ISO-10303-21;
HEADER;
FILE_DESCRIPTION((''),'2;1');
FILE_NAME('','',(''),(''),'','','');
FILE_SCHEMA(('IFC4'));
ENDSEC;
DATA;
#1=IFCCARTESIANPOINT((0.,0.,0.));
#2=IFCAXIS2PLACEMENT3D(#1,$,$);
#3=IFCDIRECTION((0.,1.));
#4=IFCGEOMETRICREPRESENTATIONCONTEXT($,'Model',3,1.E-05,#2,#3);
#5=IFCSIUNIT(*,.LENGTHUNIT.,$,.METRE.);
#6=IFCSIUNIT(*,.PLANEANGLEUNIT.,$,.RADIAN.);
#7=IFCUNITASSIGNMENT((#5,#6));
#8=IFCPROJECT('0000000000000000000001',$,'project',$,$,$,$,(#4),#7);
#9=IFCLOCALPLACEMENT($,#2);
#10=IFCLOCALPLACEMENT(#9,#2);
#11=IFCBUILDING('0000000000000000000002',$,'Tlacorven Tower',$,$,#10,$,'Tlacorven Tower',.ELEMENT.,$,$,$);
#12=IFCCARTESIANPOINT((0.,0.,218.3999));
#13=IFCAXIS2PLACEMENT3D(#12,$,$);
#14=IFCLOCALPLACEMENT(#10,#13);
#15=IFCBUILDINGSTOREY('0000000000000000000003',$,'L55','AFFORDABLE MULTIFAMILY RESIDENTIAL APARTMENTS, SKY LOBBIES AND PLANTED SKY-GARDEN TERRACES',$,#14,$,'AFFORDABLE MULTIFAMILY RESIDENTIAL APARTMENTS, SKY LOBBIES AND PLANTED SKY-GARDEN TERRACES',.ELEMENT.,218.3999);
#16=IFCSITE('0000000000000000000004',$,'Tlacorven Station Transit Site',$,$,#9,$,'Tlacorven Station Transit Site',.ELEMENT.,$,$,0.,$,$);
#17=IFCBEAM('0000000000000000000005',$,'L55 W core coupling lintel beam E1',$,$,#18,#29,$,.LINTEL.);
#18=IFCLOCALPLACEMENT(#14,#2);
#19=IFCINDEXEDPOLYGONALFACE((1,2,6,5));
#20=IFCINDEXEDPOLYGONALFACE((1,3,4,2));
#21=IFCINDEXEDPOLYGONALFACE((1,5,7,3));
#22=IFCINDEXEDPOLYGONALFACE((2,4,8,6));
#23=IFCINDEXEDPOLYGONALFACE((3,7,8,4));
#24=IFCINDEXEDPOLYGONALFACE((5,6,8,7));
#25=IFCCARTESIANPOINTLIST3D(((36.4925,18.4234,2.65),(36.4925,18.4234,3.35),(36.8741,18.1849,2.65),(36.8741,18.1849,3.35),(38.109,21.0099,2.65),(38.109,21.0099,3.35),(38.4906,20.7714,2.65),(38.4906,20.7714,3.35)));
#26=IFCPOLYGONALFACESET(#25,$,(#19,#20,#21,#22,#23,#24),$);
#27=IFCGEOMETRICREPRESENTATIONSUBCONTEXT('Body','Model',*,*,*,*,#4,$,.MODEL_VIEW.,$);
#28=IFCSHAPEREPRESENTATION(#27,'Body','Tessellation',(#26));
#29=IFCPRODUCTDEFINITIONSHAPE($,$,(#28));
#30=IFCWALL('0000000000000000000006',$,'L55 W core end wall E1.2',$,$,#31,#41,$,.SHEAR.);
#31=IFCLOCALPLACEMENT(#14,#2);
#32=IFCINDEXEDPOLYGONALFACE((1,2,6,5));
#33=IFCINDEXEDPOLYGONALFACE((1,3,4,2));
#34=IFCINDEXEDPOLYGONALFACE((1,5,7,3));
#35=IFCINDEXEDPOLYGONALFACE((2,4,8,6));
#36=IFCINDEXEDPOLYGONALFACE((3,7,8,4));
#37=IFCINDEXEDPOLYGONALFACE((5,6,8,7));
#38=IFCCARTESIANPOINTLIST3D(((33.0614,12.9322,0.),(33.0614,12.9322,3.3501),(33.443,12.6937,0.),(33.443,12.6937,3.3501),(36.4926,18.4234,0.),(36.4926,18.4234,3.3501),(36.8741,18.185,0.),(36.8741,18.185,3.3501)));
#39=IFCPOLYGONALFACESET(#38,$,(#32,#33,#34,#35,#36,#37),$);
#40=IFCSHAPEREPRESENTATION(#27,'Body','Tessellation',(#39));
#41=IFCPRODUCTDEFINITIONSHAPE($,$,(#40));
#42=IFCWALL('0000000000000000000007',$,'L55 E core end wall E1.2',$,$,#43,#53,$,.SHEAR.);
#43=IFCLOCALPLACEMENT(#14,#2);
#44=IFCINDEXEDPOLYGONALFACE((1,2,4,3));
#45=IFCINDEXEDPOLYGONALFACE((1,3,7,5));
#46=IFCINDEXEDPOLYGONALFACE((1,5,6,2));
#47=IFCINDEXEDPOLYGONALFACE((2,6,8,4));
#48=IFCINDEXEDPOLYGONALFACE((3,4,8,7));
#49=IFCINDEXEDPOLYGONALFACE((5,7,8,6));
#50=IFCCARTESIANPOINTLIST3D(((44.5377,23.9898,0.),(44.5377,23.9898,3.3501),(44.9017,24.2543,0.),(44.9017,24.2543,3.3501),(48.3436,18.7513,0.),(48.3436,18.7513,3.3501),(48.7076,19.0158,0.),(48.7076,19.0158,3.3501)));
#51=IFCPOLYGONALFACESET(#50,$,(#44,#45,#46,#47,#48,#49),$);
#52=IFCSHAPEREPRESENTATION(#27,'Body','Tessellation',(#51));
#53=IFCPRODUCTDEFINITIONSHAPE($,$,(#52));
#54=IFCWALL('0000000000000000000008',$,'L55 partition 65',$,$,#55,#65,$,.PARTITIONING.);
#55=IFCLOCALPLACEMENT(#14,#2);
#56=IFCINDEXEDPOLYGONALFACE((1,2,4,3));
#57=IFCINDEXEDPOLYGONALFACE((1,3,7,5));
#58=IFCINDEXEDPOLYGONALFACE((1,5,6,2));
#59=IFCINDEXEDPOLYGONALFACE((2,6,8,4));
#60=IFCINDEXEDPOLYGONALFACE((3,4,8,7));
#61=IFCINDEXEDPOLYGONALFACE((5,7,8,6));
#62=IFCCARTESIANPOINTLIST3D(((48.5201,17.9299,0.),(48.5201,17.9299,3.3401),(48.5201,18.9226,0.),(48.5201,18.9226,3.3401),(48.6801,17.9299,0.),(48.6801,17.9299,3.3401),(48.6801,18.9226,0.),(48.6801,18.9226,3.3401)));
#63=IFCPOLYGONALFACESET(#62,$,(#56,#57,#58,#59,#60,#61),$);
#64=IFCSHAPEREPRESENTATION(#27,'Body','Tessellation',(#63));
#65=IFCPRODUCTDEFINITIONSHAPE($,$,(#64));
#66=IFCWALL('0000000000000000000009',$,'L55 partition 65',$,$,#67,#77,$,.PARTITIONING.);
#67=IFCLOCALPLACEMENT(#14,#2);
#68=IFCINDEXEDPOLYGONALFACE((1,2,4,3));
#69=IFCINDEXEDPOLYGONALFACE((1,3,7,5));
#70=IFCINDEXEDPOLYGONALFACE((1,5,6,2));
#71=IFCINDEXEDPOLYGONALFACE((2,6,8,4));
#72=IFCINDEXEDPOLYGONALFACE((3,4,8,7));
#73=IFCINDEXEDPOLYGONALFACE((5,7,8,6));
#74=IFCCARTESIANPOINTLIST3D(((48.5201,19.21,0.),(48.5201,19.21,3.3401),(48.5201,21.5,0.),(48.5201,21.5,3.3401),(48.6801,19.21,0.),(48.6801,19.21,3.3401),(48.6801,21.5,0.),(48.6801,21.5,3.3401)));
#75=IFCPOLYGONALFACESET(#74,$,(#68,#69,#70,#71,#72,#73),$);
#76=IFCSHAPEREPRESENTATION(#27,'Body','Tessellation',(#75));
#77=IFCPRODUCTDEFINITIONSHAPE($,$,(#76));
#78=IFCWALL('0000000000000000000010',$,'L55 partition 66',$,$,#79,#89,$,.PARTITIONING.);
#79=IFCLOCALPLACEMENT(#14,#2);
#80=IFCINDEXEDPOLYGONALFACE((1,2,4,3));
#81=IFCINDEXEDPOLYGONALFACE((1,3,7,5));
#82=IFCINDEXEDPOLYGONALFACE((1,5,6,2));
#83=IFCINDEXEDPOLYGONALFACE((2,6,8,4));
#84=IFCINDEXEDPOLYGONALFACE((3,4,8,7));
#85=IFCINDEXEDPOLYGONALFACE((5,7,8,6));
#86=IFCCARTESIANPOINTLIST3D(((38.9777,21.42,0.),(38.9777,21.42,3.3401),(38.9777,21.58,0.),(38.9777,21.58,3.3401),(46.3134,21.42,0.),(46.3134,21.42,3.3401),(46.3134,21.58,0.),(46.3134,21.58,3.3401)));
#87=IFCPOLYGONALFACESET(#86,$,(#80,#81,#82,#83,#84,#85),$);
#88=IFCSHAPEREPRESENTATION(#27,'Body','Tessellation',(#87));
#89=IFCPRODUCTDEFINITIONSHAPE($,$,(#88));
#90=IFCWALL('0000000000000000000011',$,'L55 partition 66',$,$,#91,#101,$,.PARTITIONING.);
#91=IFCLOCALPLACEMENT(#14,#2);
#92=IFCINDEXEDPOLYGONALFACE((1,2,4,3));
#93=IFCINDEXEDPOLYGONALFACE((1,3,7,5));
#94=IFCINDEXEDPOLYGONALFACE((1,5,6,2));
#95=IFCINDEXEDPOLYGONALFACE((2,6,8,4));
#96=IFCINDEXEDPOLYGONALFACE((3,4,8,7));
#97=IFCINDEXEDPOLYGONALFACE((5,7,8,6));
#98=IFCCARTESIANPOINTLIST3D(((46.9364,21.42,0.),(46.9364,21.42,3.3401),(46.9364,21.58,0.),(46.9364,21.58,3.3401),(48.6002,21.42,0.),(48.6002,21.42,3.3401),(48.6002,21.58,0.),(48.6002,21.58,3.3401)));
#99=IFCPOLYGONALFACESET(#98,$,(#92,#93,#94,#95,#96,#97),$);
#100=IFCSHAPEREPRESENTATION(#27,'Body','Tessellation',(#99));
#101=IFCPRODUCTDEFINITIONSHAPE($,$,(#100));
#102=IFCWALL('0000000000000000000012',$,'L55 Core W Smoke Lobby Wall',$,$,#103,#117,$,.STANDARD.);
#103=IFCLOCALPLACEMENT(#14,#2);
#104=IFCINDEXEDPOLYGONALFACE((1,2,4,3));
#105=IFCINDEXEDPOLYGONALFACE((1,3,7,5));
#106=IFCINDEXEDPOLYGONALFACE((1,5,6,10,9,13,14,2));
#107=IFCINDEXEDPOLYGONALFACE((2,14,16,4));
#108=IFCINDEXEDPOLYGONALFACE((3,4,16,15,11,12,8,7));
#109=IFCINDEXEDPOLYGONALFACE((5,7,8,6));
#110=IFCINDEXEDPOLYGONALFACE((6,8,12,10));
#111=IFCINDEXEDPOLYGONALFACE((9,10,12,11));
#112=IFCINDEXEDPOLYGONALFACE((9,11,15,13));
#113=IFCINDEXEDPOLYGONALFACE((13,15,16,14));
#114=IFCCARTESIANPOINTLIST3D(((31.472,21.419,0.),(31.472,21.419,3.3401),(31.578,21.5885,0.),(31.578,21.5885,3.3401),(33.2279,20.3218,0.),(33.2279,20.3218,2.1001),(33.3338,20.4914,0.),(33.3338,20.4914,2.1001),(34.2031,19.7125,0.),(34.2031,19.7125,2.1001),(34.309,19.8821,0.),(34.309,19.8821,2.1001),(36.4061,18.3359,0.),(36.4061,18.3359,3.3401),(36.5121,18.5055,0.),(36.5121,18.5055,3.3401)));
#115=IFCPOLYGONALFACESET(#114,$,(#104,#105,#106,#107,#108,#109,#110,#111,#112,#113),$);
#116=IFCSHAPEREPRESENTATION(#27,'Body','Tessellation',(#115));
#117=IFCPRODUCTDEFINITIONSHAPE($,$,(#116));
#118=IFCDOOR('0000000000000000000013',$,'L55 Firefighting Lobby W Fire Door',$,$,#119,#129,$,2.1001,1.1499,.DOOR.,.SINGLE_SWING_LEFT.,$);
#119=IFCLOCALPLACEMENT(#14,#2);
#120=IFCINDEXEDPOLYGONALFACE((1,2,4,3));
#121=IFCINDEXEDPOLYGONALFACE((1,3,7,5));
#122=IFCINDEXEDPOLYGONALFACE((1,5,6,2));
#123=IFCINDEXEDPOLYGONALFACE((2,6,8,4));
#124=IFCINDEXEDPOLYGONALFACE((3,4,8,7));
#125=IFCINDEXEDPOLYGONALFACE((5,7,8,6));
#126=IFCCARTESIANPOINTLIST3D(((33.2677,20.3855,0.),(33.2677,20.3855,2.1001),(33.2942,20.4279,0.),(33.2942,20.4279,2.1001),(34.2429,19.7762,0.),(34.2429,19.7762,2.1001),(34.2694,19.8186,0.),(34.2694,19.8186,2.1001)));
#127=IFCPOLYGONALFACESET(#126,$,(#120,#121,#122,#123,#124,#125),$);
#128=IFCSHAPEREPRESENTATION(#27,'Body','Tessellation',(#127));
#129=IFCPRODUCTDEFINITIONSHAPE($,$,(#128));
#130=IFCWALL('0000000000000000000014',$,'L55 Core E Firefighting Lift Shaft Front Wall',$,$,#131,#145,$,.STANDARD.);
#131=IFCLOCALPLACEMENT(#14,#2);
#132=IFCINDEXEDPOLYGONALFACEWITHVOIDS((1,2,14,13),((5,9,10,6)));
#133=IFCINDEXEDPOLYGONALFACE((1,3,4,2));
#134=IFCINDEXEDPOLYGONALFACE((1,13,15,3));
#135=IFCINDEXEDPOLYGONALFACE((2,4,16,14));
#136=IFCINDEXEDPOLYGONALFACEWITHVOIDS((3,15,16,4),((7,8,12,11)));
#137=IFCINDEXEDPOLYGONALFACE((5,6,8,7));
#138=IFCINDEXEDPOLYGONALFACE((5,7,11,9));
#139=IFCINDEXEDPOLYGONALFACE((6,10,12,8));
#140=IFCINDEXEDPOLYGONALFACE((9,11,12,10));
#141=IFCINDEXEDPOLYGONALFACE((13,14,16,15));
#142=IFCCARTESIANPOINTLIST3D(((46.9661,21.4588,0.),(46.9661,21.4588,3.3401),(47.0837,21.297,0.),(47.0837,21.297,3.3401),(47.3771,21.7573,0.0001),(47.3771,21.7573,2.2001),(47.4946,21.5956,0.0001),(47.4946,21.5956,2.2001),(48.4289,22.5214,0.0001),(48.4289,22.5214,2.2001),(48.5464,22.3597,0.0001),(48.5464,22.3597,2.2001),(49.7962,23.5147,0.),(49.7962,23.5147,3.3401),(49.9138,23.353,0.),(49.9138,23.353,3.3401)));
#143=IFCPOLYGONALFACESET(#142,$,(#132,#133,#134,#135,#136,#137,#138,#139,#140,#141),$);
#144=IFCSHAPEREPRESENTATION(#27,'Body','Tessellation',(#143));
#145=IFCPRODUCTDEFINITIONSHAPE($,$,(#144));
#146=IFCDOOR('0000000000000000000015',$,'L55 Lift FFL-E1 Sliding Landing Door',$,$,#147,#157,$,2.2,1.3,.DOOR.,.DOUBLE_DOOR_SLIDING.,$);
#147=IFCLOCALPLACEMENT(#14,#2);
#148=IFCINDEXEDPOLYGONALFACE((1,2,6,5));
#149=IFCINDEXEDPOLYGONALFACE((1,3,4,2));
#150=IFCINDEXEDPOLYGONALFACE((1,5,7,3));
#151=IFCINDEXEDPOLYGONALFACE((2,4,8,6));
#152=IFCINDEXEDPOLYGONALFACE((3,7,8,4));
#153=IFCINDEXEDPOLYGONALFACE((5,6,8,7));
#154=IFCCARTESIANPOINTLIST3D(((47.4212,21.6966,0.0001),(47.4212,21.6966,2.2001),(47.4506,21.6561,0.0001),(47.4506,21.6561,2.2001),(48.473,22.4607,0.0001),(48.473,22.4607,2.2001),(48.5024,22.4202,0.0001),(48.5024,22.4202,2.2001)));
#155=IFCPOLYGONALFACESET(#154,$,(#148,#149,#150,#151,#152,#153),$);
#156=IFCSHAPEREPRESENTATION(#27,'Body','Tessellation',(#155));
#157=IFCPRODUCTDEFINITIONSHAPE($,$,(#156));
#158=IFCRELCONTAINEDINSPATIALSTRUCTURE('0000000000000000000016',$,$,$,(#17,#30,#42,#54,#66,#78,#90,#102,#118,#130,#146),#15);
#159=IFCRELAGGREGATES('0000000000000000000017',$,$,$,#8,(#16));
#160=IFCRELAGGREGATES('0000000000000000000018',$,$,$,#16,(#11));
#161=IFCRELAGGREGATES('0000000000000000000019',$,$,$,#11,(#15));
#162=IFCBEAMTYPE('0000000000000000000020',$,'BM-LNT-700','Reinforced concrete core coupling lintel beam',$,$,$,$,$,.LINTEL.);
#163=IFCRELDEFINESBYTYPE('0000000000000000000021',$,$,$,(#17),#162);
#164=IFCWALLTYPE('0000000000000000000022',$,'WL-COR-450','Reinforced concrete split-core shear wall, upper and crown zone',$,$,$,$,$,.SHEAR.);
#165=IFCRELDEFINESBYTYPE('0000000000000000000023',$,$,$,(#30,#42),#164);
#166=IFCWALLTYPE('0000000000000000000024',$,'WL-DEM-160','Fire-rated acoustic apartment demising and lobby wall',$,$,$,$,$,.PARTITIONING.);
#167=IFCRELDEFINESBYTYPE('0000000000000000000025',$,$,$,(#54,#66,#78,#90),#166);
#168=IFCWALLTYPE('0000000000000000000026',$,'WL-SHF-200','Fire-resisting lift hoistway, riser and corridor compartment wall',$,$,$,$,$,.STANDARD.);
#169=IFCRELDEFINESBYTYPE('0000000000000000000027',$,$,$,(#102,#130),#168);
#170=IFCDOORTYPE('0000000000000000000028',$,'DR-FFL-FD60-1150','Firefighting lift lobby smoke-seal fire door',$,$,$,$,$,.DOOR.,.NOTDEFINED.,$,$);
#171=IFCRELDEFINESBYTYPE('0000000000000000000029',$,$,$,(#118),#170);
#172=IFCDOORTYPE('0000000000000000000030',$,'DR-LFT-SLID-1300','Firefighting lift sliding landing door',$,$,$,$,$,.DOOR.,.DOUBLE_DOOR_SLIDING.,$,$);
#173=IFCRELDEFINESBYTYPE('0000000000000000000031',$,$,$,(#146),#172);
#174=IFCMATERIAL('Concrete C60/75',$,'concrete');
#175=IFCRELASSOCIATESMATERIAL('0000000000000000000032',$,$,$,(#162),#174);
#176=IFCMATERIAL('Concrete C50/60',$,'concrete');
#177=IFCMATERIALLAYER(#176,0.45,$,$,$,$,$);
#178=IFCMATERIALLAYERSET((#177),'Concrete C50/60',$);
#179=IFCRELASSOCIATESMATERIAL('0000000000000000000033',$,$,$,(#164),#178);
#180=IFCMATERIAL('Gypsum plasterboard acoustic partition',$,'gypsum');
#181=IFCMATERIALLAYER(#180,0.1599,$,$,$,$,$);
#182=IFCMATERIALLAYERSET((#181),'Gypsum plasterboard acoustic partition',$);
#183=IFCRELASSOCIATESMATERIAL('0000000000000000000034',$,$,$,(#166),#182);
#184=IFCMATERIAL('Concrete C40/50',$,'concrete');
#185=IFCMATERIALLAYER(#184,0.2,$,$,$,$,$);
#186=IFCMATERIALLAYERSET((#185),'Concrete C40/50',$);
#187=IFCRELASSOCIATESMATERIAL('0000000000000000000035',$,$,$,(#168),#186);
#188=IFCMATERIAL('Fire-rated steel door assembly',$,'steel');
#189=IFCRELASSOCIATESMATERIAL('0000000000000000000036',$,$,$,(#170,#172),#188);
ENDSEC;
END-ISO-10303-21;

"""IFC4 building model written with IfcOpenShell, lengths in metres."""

from ifc_helpers import new_model, si_unit, direction, frame, frame_2d, origin, origin_2d, place, context, subcontext, project, spatial, rectangle, extrude, source, transform, mapped, material, layer, layer_set, material_profile, profile_set, type_object, element, fill, save


model = new_model("IFC4")

# Units and contexts
model_context = context("Model", 3, precision=1e-05, world=origin(), true_north=direction((0.0, 1.0)))
body_context = subcontext(model_context, "Body", "Model", "MODEL_VIEW")
ifc_project = project(units=[si_unit("LENGTHUNIT", "METRE"), si_unit("PLANEANGLEUNIT", "RADIAN")], contexts=[model_context])

# Site, building, storey
site_placement = place(None, origin())
site = spatial("IfcSite", under=ifc_project, at=site_placement, Name="Tlacorven Station Transit Site", LongName="Tlacorven Station Transit Site", CompositionType="ELEMENT", RefElevation=0.0)
building_placement = place(site_placement, origin())
building = spatial("IfcBuilding", under=site, at=building_placement, Name="Tlacorven Tower", LongName="Tlacorven Tower", CompositionType="ELEMENT")
storey_placement = place(building_placement, frame((0.0, 0.0, 218.3999)))
storey = spatial("IfcBuildingStorey", under=building, at=storey_placement, Name="L55", Description="AFFORDABLE MULTIFAMILY RESIDENTIAL APARTMENTS, SKY LOBBIES AND PLANTED SKY-GARDEN TERRACES", LongName="AFFORDABLE MULTIFAMILY RESIDENTIAL APARTMENTS, SKY LOBBIES AND PLANTED SKY-GARDEN TERRACES", CompositionType="ELEMENT", Elevation=218.3999)

# Beam
ifc_material_1 = material(Name="Concrete C60/75", Category="concrete")
ifc_material_profile = material_profile(ifc_material_1, rectangle(XDim=0.45, YDim=0.7, at=origin_2d()), Name="RC 450X700")
ifc_profile_set = profile_set([ifc_material_profile], Name="Concrete C60/75")
beam_type = type_object("IfcBeamType", Name="BM-LNT-700", Description="Reinforced concrete core coupling lintel beam", PredefinedType="LINTEL", material=ifc_profile_set)
shared_shape_1 = source(origin(), body_context, "Body", "SweptSolid", [
    extrude(rectangle(XDim=0.45, YDim=0.7, at=origin_2d()), origin(), (0.0, 0.0, 1.0), 3.05),
])
beam_placement = place(storey_placement, frame((38.2998, 20.8906, 3.0), z_axis=(-0.529985, -0.848007, 0.0), x_axis=(0.848007, -0.529985, 0.0)))
element("IfcBeam", 1, at=beam_placement, inside=storey, type_object=beam_type, Name="L55 W core coupling lintel beam E1", PredefinedType="LINTEL", context=body_context, shape_type="MappedRepresentation", body=[
    mapped(shared_shape_1, transform((0.0, 0.0, 0.0), scale=1.0)),
])

# Walls
ifc_material_2 = material(Name="Concrete C50/60", Category="concrete")
ifc_layer_1 = layer(ifc_material_2, 0.45)
ifc_layer_set_1 = layer_set([ifc_layer_1], Name="Concrete C50/60")
wall_type_1 = type_object("IfcWallType", Name="WL-COR-450", Description="Reinforced concrete split-core shear wall, upper and crown zone", PredefinedType="SHEAR", material=ifc_layer_set_1)
for number, where, z_axis, x_axis, name in (
    (2, (36.6833, 18.3042, 0.0), (0.0, 0.0, 1.0), (-0.529904, -0.848058, 0.0), "L55 W core end wall E1.2"),
    (3, (48.5256, 18.8835, 0.0), (0.0, 0.0, 1.0), (-0.587775, 0.809025, 0.0), "L55 E core end wall E1.2"),
):
    element("IfcWall", number, at=place(storey_placement, frame(where, z_axis=z_axis, x_axis=x_axis)), inside=storey, type_object=wall_type_1, Name=name, PredefinedType="SHEAR", context=body_context, shape_type="SweptSolid", body=[
        extrude(rectangle(XDim=6.4751, YDim=0.45, at=frame_2d((3.2375, 0.0))), origin(), (0.0, 0.0, 1.0), 3.3501),
    ])
ifc_material_3 = material(Name="Gypsum plasterboard acoustic partition", Category="gypsum")
ifc_layer_2 = layer(ifc_material_3, 0.1599)
ifc_layer_set_2 = layer_set([ifc_layer_2], Name="Gypsum plasterboard acoustic partition")
wall_type_2 = type_object("IfcWallType", Name="WL-DEM-160", Description="Fire-rated acoustic apartment demising and lobby wall", PredefinedType="PARTITIONING", material=ifc_layer_set_2)
wall_1_placement = place(storey_placement, frame((48.6001, 17.9299, 0.0), z_axis=(0.0, 0.0, 1.0), x_axis=(0.0, 1.0, 0.0)))
element("IfcWall", 4, at=wall_1_placement, inside=storey, type_object=wall_type_2, Name="L55 partition 65", PredefinedType="PARTITIONING", context=body_context, shape_type="SweptSolid", body=[
    extrude(rectangle(XDim=0.9927, YDim=0.1599, at=frame_2d((0.4963, 0.0))), origin(), (0.0, 0.0, 1.0), 3.3401),
])
wall_2_placement = place(storey_placement, frame((48.6001, 19.21, 0.0), z_axis=(0.0, 0.0, 1.0), x_axis=(0.0, 1.0, 0.0)))
element("IfcWall", 5, at=wall_2_placement, inside=storey, type_object=wall_type_2, Name="L55 partition 65", PredefinedType="PARTITIONING", context=body_context, shape_type="SweptSolid", body=[
    extrude(rectangle(XDim=2.29, YDim=0.1599, at=frame_2d((1.145, 0.0))), origin(), (0.0, 0.0, 1.0), 3.3401),
])
wall_3_placement = place(storey_placement, frame((38.9775, 21.5, 0.0), z_axis=(0.0, 0.0, 1.0), x_axis=(1.0, 0.0, 0.0)))
element("IfcWall", 6, at=wall_3_placement, inside=storey, type_object=wall_type_2, Name="L55 partition 66", PredefinedType="PARTITIONING", context=body_context, shape_type="SweptSolid", body=[
    extrude(rectangle(XDim=7.3357, YDim=0.1599, at=frame_2d((3.668, 0.0))), origin(), (0.0, 0.0, 1.0), 3.3401),
])
wall_4_placement = place(storey_placement, frame((46.9363, 21.5, 0.0), z_axis=(0.0, 0.0, 1.0), x_axis=(1.0, 0.0, 0.0)))
element("IfcWall", 7, at=wall_4_placement, inside=storey, type_object=wall_type_2, Name="L55 partition 66", PredefinedType="PARTITIONING", context=body_context, shape_type="SweptSolid", body=[
    extrude(rectangle(XDim=1.6638, YDim=0.1599, at=frame_2d((0.832, 0.0))), origin(), (0.0, 0.0, 1.0), 3.3401),
])

# Walls, openings, doors
ifc_material_4 = material(Name="Concrete C40/50", Category="concrete")
ifc_layer_3 = layer(ifc_material_4, 0.2)
ifc_layer_set_3 = layer_set([ifc_layer_3], Name="Concrete C40/50")
wall_type_3 = type_object("IfcWallType", Name="WL-SHF-200", Description="Fire-resisting lift hoistway, riser and corridor compartment wall", PredefinedType="STANDARD", material=ifc_layer_set_3)
wall_5_placement = place(storey_placement, frame((36.4592, 18.4207, 0.0), z_axis=(0.0, 0.0, 1.0), x_axis=(-0.84806, 0.529901, 0.0)))
wall_5 = element("IfcWall", 8, at=wall_5_placement, inside=storey, type_object=wall_type_3, Name="L55 Core W Smoke Lobby Wall", PredefinedType="STANDARD", context=body_context, shape_type="SweptSolid", body=[
    extrude(rectangle(XDim=5.8181, YDim=0.2, at=frame_2d((2.9092, 0.0))), origin(), (0.0, 0.0, 1.0), 3.3401),
])
opening_1_placement = place(wall_5_placement, frame((2.5979, 0.0, 0.0)))
opening_1 = element("IfcOpeningElement", 9, at=opening_1_placement, cuts=wall_5, PredefinedType="OPENING", context=body_context, shape_type="SweptSolid", body=[
    extrude(rectangle(XDim=1.1499, YDim=2.1001, at=frame_2d((0.575, 1.05))), frame((0.0, 0.1099, 0.0), z_axis=(0.0, -1.0, 0.0), x_axis=(1.0, 0.0, 0.0)), (0.0, 0.0, 1.0), 0.22),
])
ifc_material_5 = material(Name="Fire-rated steel door assembly", Category="steel")
door_type_1 = type_object("IfcDoorType", Name="DR-FFL-FD60-1150", Description="Firefighting lift lobby smoke-seal fire door", OperationType="NOTDEFINED", PredefinedType="DOOR", material=ifc_material_5)
shared_shape_2 = source(origin(), body_context, "Body", "SweptSolid", [
    extrude(rectangle(XDim=1.1499, YDim=2.1001, at=frame_2d((0.575, 1.05))), frame((0.0, 0.0249, 0.0), z_axis=(0.0, -1.0, 0.0), x_axis=(1.0, 0.0, 0.0)), (0.0, 0.0, 1.0), 0.05),
])
door_1_placement = place(opening_1_placement, origin())
door_1 = element("IfcDoor", 10, at=door_1_placement, inside=storey, type_object=door_type_1, Name="L55 Firefighting Lobby W Fire Door", OperationType="SINGLE_SWING_LEFT", OverallHeight=2.1001, OverallWidth=1.1499, PredefinedType="DOOR", context=body_context, shape_type="MappedRepresentation", body=[
    mapped(shared_shape_2, transform((0.0, 0.0, 0.0), scale=1.0)),
])
fill(opening_1, door_1)
wall_6_placement = place(storey_placement, frame((47.0249, 21.3779, 0.0), z_axis=(0.0, 0.0, 1.0), x_axis=(0.809053, 0.587736, 0.0)))
wall_6 = element("IfcWall", 11, at=wall_6_placement, inside=storey, type_object=wall_type_3, Name="L55 Core E Firefighting Lift Shaft Front Wall", PredefinedType="STANDARD", context=body_context, shape_type="SweptSolid", body=[
    extrude(rectangle(XDim=3.498, YDim=0.2, at=frame_2d((1.749, 0.0))), origin(), (0.0, 0.0, 1.0), 3.3401),
])
opening_2_placement = place(wall_6_placement, frame((0.5081, 0.0, 0.0)))
opening_2 = element("IfcOpeningElement", 12, at=opening_2_placement, cuts=wall_6, PredefinedType="OPENING", context=body_context, shape_type="SweptSolid", body=[
    extrude(rectangle(XDim=1.3, YDim=2.2, at=frame_2d((0.6499, 1.1001))), frame((0.0, 0.1099, 0.0), z_axis=(0.0, -1.0, 0.0), x_axis=(1.0, 0.0, 0.0)), (0.0, 0.0, 1.0), 0.22),
])
door_type_2 = type_object("IfcDoorType", Name="DR-LFT-SLID-1300", Description="Firefighting lift sliding landing door", OperationType="DOUBLE_DOOR_SLIDING", PredefinedType="DOOR", material=ifc_material_5)
shared_shape_3 = source(origin(), body_context, "Body", "SweptSolid", [
    extrude(rectangle(XDim=1.3, YDim=2.2, at=frame_2d((0.6499, 1.1001))), frame((0.0, 0.0249, 0.0), z_axis=(0.0, -1.0, 0.0), x_axis=(1.0, 0.0, 0.0)), (0.0, 0.0, 1.0), 0.05),
])
door_2_placement = place(opening_2_placement, origin())
door_2 = element("IfcDoor", 13, at=door_2_placement, inside=storey, type_object=door_type_2, Name="L55 Lift FFL-E1 Sliding Landing Door", OperationType="DOUBLE_DOOR_SLIDING", OverallHeight=2.2, OverallWidth=1.3, PredefinedType="DOOR", context=body_context, shape_type="MappedRepresentation", body=[
    mapped(shared_shape_3, transform((0.0, 0.0, 0.0), scale=1.0)),
])
fill(opening_2, door_2)

save(model, "model.ifc")
